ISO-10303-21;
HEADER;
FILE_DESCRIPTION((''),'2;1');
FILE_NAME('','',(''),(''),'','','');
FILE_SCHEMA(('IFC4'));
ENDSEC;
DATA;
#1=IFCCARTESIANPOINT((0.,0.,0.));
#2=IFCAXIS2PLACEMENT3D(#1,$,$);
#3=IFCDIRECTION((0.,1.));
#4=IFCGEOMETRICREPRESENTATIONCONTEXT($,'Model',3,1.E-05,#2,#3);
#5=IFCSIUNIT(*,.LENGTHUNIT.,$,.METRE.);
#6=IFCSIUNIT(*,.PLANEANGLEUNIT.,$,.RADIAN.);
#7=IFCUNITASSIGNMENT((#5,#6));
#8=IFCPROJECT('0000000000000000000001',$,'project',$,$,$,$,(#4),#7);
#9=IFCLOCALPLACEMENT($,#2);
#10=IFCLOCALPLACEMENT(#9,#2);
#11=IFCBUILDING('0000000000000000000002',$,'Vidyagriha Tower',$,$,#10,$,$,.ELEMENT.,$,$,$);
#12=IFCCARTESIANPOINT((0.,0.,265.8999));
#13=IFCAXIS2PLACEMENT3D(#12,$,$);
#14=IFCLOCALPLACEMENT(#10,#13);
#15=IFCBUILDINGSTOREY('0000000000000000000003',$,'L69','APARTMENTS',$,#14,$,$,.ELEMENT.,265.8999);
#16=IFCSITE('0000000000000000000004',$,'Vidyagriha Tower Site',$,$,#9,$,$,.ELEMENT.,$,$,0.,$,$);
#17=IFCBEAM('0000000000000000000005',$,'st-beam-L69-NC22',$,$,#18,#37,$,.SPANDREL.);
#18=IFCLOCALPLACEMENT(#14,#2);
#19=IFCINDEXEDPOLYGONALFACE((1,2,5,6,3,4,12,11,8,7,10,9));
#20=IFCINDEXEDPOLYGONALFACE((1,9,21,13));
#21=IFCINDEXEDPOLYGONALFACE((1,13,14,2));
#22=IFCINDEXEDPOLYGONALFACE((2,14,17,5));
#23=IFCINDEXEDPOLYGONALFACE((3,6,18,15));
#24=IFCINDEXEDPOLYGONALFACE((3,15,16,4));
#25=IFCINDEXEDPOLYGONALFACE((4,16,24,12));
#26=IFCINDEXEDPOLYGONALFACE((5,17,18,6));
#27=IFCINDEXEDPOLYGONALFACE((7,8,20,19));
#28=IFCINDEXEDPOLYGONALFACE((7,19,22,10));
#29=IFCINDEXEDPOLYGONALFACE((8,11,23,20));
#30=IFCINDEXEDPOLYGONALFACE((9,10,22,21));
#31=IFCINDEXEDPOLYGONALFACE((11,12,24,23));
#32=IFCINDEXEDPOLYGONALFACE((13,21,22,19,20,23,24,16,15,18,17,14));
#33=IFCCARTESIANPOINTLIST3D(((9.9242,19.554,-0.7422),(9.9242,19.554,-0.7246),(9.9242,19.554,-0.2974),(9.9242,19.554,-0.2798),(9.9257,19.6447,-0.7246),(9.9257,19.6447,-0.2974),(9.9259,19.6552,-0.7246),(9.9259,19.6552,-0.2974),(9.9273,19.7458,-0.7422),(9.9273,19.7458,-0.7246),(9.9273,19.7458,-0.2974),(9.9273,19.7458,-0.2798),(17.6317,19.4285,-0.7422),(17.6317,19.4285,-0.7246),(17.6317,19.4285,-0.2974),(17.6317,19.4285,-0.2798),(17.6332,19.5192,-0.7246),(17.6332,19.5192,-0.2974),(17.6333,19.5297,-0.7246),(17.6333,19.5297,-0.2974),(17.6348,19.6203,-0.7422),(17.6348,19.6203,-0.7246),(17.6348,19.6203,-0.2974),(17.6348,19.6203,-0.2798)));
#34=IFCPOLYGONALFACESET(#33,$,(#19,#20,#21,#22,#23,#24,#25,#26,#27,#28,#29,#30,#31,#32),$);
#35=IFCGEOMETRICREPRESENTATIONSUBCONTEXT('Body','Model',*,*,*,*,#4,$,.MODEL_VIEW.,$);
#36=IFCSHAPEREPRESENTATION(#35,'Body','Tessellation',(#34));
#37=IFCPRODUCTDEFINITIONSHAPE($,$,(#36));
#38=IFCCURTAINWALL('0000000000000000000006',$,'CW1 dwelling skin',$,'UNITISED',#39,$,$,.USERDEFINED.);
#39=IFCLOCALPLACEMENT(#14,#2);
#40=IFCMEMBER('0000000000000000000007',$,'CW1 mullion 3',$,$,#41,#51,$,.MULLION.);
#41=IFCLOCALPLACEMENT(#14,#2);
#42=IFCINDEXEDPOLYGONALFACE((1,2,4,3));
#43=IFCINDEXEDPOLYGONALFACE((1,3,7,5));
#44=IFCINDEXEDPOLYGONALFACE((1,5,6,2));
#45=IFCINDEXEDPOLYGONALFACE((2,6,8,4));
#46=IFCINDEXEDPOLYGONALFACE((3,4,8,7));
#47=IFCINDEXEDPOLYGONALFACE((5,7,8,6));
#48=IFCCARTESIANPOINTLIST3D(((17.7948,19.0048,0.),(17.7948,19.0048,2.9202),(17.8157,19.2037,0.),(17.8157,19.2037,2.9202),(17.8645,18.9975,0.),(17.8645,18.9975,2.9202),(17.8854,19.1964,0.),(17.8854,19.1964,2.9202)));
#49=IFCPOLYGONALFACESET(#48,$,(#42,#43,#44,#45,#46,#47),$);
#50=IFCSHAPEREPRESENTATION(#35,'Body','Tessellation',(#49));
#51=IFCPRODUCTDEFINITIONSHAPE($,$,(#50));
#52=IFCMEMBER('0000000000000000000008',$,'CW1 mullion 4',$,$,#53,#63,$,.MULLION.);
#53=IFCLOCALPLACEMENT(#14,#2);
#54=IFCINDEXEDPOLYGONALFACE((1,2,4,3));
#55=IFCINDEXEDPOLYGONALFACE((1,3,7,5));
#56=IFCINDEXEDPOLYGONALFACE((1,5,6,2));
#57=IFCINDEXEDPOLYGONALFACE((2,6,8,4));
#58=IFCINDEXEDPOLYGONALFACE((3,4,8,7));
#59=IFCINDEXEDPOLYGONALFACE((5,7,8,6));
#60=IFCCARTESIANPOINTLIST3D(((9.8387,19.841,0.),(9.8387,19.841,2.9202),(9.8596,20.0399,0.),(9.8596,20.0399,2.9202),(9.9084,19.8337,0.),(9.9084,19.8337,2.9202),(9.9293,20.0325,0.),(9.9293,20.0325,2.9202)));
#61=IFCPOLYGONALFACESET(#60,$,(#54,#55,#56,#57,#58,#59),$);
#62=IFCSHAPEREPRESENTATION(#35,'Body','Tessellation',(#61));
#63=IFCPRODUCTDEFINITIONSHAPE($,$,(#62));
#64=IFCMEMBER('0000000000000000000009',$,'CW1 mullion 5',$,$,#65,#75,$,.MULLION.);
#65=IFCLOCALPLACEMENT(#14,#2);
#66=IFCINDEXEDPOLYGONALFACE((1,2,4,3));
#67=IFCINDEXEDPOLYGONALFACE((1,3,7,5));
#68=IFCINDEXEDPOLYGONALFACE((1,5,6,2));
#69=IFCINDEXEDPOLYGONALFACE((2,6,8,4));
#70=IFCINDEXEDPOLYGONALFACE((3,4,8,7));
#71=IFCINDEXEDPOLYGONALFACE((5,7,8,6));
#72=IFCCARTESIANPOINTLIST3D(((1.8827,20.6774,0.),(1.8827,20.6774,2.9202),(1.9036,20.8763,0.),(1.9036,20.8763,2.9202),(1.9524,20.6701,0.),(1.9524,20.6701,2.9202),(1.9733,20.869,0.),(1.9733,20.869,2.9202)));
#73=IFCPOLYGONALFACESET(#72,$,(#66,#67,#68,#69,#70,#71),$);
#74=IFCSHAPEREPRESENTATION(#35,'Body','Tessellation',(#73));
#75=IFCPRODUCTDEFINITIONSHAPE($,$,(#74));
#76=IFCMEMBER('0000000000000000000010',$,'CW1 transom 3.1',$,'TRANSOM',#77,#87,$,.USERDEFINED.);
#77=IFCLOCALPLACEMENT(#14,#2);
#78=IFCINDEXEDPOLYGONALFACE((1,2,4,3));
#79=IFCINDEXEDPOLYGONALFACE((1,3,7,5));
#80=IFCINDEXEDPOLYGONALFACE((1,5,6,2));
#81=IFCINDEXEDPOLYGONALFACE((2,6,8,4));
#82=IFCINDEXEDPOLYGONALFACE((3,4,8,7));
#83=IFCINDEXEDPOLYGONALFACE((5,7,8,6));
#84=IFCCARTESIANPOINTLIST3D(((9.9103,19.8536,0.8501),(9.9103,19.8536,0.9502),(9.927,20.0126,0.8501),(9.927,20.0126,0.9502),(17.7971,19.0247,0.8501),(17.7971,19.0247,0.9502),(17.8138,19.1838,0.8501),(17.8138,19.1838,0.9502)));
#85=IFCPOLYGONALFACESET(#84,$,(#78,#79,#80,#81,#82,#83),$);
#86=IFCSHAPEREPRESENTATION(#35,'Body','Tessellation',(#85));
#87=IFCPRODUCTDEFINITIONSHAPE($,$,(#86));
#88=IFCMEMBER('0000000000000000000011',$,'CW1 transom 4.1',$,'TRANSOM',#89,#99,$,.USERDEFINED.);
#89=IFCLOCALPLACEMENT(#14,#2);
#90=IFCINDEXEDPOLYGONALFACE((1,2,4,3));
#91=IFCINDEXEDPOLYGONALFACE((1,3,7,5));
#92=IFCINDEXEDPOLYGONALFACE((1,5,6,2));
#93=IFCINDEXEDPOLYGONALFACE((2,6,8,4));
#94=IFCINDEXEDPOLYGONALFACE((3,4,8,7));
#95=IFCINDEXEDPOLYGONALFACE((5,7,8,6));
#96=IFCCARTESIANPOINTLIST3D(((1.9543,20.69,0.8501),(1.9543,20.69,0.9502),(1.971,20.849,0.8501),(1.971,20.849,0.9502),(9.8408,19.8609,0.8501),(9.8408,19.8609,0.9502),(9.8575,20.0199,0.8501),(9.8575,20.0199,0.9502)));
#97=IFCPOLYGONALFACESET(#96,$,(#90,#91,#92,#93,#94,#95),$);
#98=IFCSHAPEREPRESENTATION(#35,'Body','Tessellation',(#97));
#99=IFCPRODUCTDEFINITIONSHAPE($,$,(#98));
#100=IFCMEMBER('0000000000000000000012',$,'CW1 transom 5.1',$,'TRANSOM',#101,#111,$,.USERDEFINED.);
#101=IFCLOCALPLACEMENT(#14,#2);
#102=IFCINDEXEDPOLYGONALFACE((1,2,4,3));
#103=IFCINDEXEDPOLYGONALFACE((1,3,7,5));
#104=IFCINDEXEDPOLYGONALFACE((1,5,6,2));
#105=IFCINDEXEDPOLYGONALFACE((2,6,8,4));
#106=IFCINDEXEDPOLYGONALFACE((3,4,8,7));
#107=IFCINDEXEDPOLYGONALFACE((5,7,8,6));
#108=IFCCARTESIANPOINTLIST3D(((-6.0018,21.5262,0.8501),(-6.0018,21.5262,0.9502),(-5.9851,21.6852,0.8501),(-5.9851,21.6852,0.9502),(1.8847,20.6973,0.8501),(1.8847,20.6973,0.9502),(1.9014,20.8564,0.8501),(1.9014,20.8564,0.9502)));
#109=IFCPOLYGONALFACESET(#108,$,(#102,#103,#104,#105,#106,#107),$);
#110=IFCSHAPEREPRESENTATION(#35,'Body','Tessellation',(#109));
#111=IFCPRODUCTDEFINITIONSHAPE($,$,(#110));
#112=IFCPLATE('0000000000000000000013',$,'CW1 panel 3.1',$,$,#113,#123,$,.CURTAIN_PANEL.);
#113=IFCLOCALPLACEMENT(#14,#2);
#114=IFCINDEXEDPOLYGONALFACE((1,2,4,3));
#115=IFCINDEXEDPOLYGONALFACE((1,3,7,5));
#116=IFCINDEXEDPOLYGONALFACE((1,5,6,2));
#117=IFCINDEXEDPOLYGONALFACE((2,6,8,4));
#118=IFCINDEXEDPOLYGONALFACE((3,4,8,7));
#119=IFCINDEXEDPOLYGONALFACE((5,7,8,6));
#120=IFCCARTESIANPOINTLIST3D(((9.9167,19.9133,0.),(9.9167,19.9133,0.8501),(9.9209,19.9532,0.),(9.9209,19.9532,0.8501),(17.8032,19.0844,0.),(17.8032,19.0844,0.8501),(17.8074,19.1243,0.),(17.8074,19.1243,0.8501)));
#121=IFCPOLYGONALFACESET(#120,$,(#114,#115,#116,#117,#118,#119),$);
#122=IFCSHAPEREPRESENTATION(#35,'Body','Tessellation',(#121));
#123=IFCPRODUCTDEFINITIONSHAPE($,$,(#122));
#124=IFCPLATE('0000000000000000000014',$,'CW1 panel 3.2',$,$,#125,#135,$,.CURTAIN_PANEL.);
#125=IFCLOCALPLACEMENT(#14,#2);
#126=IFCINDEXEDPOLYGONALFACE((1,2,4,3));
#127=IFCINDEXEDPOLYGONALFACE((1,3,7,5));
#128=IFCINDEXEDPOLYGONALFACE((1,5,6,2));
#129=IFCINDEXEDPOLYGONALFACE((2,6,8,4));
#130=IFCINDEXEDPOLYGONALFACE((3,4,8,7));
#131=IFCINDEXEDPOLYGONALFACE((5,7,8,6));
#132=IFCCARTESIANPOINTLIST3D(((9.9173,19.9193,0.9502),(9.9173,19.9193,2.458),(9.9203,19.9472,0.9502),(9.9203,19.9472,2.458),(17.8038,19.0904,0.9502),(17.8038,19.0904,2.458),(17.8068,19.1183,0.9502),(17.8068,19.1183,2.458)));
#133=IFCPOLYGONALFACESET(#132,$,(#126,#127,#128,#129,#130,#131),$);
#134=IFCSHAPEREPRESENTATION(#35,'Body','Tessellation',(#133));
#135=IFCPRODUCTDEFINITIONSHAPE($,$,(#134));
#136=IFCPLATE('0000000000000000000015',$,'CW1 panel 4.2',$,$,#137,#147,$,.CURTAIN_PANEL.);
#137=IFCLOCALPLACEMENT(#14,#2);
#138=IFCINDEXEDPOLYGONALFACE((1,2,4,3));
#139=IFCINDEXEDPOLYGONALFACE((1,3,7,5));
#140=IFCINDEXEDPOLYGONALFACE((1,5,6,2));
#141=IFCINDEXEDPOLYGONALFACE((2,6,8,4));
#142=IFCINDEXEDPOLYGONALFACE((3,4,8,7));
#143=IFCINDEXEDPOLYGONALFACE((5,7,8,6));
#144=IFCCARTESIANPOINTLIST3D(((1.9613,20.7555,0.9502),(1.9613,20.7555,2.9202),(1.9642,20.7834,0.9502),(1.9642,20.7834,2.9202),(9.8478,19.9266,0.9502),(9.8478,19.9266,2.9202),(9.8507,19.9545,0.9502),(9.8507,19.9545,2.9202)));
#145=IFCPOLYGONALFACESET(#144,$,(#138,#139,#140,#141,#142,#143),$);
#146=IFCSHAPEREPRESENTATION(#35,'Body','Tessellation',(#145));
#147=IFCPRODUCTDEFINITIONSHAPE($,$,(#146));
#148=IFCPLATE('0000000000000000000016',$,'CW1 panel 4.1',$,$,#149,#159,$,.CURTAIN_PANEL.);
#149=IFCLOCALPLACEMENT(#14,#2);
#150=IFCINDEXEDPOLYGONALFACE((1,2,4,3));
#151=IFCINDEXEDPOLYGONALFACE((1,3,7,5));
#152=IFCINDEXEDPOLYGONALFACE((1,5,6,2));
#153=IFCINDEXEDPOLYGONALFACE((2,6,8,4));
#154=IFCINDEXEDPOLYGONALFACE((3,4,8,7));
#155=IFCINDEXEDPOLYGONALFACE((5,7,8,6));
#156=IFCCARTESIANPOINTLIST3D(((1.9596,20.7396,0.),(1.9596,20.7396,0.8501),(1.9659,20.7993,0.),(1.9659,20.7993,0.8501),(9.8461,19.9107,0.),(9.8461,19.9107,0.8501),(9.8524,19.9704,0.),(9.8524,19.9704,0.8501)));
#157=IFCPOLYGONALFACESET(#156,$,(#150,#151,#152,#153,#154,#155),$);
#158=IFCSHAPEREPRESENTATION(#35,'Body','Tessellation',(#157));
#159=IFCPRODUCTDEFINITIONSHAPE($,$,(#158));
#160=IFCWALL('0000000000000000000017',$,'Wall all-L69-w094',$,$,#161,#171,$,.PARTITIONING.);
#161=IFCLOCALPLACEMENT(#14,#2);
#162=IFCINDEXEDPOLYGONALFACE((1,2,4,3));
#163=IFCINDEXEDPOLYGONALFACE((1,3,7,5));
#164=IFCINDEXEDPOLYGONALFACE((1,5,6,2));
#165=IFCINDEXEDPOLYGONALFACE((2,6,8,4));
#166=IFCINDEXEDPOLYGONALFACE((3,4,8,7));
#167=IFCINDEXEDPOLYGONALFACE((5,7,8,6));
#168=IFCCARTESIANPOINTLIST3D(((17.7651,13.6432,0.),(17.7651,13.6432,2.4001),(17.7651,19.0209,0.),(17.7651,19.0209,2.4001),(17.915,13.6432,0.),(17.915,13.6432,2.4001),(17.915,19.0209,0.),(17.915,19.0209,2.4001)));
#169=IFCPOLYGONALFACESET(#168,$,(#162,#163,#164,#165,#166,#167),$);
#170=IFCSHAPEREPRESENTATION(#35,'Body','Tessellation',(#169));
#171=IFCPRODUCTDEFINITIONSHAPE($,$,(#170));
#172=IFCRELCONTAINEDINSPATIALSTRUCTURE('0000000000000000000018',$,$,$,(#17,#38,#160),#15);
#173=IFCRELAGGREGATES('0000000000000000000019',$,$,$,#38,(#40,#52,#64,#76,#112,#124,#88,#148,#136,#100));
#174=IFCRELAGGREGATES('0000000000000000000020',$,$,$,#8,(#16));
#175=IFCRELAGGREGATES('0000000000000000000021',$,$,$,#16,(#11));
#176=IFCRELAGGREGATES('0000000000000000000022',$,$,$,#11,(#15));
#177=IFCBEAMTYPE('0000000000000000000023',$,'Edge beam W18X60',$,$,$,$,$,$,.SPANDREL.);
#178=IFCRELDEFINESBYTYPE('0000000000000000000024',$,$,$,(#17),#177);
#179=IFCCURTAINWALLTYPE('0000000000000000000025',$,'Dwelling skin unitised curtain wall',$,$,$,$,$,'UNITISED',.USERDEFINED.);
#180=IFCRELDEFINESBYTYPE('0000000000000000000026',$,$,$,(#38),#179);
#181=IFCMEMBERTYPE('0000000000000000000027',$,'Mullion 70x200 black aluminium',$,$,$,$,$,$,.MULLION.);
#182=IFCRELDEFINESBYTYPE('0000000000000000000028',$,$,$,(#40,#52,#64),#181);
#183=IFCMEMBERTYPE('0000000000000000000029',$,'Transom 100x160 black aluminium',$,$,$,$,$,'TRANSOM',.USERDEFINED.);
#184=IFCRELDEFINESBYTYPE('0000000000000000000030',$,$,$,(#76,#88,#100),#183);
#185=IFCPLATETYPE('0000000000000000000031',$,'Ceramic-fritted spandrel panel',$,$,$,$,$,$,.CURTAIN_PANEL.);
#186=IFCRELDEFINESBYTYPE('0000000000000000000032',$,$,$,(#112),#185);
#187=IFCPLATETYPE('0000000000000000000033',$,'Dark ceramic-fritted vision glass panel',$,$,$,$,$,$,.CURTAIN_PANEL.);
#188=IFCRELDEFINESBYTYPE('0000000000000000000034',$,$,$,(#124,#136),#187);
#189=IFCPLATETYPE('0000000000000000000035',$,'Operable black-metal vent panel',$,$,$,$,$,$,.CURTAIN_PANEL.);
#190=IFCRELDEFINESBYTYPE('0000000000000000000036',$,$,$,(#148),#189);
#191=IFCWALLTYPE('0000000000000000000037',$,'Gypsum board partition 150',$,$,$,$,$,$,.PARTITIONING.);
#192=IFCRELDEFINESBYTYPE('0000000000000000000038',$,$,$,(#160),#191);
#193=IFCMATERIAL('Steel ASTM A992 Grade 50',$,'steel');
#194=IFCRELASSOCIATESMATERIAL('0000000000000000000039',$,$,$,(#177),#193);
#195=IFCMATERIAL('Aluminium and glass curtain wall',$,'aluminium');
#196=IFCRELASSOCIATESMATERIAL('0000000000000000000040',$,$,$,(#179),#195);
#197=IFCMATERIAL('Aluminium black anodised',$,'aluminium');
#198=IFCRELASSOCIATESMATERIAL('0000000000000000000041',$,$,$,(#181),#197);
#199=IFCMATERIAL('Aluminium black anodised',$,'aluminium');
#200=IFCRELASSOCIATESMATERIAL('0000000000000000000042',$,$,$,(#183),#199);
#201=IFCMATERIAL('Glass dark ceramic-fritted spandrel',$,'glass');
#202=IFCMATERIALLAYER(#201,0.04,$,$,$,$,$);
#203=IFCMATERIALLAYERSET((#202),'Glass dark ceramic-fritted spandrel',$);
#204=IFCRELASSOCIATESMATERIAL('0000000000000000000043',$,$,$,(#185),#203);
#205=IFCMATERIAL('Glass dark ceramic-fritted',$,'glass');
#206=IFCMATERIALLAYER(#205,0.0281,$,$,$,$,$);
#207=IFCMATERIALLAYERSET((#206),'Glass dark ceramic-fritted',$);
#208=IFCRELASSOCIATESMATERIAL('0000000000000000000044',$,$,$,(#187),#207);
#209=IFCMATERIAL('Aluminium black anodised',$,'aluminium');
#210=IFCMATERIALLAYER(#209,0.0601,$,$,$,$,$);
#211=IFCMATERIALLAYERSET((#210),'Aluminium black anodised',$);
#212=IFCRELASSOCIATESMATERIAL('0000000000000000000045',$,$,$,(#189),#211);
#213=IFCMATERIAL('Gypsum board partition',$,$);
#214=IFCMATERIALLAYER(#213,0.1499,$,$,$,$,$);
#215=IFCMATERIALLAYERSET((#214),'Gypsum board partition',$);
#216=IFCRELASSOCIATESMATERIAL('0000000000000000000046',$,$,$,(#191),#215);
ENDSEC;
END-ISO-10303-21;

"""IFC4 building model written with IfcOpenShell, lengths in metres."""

from ifc_helpers import new_model, si_unit, direction, frame, frame_2d, origin, origin_2d, place, context, subcontext, project, spatial, rectangle, i_section, extrude, material, layer, layer_set, material_profile, profile_set, type_object, element, aggregate, save


model = new_model("IFC4")

# Units and contexts
model_context = context("Model", 3, precision=1e-05, world=origin(), true_north=direction((0.0, 1.0)))
body_context = subcontext(model_context, "Body", "Model", "MODEL_VIEW")
ifc_project = project(units=[si_unit("LENGTHUNIT", "METRE"), si_unit("PLANEANGLEUNIT", "RADIAN")], contexts=[model_context])

# Site, building, storey
site_placement = place(None, origin())
site = spatial("IfcSite", under=ifc_project, at=site_placement, Name="Vidyagriha Tower Site", CompositionType="ELEMENT", RefElevation=0.0)
building_placement = place(site_placement, origin())
building = spatial("IfcBuilding", under=site, at=building_placement, Name="Vidyagriha Tower", CompositionType="ELEMENT")
storey_placement = place(building_placement, frame((0.0, 0.0, 265.8999)))
storey = spatial("IfcBuildingStorey", under=building, at=storey_placement, Name="L69", Description="APARTMENTS", CompositionType="ELEMENT", Elevation=265.8999)

# Beam
ifc_material_1 = material(Name="Steel ASTM A992 Grade 50", Category="steel")
ifc_material_profile_1 = material_profile(ifc_material_1, i_section(OverallWidth=0.1919, OverallDepth=0.4624, WebThickness=0.0105, FlangeThickness=0.0176, at=origin_2d()), Name="W18X60")
ifc_profile_set_1 = profile_set([ifc_material_profile_1], Name="Steel ASTM A992 Grade 50")
beam_type = type_object("IfcBeamType", Name="Edge beam W18X60", PredefinedType="SPANDREL", material=ifc_profile_set_1)
beam_placement = place(storey_placement, frame((9.9258, 19.6499, -0.511), z_axis=(0.999867, -0.016279, 0.0), x_axis=(0.016279, 0.999867, 0.0)))
element("IfcBeam", 1, at=beam_placement, inside=storey, type_object=beam_type, Name="st-beam-L69-NC22", PredefinedType="SPANDREL", context=body_context, shape_type="SweptSolid", body=[
    extrude(i_section(OverallWidth=0.1919, OverallDepth=0.4624, WebThickness=0.0105, FlangeThickness=0.0176, at=origin_2d()), origin(), (0.0, 0.0, 1.0), 7.7085),
])

# Curtain wall, members, plates
ifc_material_2 = material(Name="Aluminium and glass curtain wall", Category="aluminium")
curtain_wall_type = type_object("IfcCurtainWallType", Name="Dwelling skin unitised curtain wall", ElementType="UNITISED", PredefinedType="USERDEFINED", material=ifc_material_2)
curtain_wall_placement = place(storey_placement, origin())
curtain_wall = element("IfcCurtainWall", 2, at=curtain_wall_placement, inside=storey, type_object=curtain_wall_type, Name="CW1 dwelling skin", ObjectType="UNITISED", PredefinedType="USERDEFINED")
ifc_material_3 = material(Name="Aluminium black anodised", Category="aluminium")
ifc_material_profile_2 = material_profile(ifc_material_3, rectangle(XDim=0.2, YDim=0.0701, at=origin_2d()), Name="Mullion 70x200 black aluminium")
ifc_profile_set_2 = profile_set([ifc_material_profile_2], Name="Aluminium black anodised")
member_type_1 = type_object("IfcMemberType", Name="Mullion 70x200 black aluminium", PredefinedType="MULLION", material=ifc_profile_set_2)
member_1_placement = place(storey_placement, frame((17.8401, 19.1006, 0.0), z_axis=(0.0, 0.0, 1.0), x_axis=(-0.104529, -0.994522, 0.0)))
member_1 = element("IfcMember", 3, at=member_1_placement, type_object=member_type_1, Name="CW1 mullion 3", PredefinedType="MULLION", context=body_context, shape_type="SweptSolid", body=[
    extrude(rectangle(XDim=0.2, YDim=0.0701, at=origin_2d()), origin(), (0.0, 0.0, 1.0), 2.9202),
])
member_2_placement = place(storey_placement, frame((9.884, 19.9368, 0.0), z_axis=(0.0, 0.0, 1.0), x_axis=(-0.104529, -0.994522, 0.0)))
member_2 = element("IfcMember", 4, at=member_2_placement, type_object=member_type_1, Name="CW1 mullion 4", PredefinedType="MULLION", context=body_context, shape_type="SweptSolid", body=[
    extrude(rectangle(XDim=0.2, YDim=0.0701, at=origin_2d()), origin(), (0.0, 0.0, 1.0), 2.9202),
])
member_3_placement = place(storey_placement, frame((1.928, 20.7732, 0.0), z_axis=(0.0, 0.0, 1.0), x_axis=(-0.104529, -0.994522, 0.0)))
member_3 = element("IfcMember", 5, at=member_3_placement, type_object=member_type_1, Name="CW1 mullion 5", PredefinedType="MULLION", context=body_context, shape_type="SweptSolid", body=[
    extrude(rectangle(XDim=0.2, YDim=0.0701, at=origin_2d()), origin(), (0.0, 0.0, 1.0), 2.9202),
])
ifc_material_4 = material(Name="Aluminium black anodised", Category="aluminium")
ifc_material_profile_3 = material_profile(ifc_material_4, rectangle(XDim=0.1599, YDim=0.1001, at=origin_2d()), Name="Transom 100x160 black aluminium")
ifc_profile_set_3 = profile_set([ifc_material_profile_3], Name="Aluminium black anodised")
member_type_2 = type_object("IfcMemberType", Name="Transom 100x160 black aluminium", ElementType="TRANSOM", PredefinedType="USERDEFINED", material=ifc_profile_set_3)
member_4_placement = place(storey_placement, frame((17.8054, 19.1042, 0.9001), z_axis=(-0.994523, 0.10452, 0.0), x_axis=(-0.10452, -0.994523, 0.0)))
member_4 = element("IfcMember", 6, at=member_4_placement, type_object=member_type_2, Name="CW1 transom 3.1", ObjectType="TRANSOM", PredefinedType="USERDEFINED", context=body_context, shape_type="SweptSolid", body=[
    extrude(rectangle(XDim=0.1599, YDim=0.1001, at=origin_2d()), origin(), (0.0, 0.0, 1.0), 7.9302),
])
member_5_placement = place(storey_placement, frame((9.8491, 19.9404, 0.9001), z_axis=(-0.994519, 0.104553, 0.0), x_axis=(-0.104553, -0.994519, 0.0)))
member_5 = element("IfcMember", 7, at=member_5_placement, type_object=member_type_2, Name="CW1 transom 4.1", ObjectType="TRANSOM", PredefinedType="USERDEFINED", context=body_context, shape_type="SweptSolid", body=[
    extrude(rectangle(XDim=0.1599, YDim=0.1001, at=origin_2d()), origin(), (0.0, 0.0, 1.0), 7.9299),
])
member_6_placement = place(storey_placement, frame((1.8931, 20.7769, 0.9001), z_axis=(-0.994522, 0.104523, 0.0), x_axis=(-0.104523, -0.994522, 0.0)))
member_6 = element("IfcMember", 8, at=member_6_placement, type_object=member_type_2, Name="CW1 transom 5.1", ObjectType="TRANSOM", PredefinedType="USERDEFINED", context=body_context, shape_type="SweptSolid", body=[
    extrude(rectangle(XDim=0.1599, YDim=0.1001, at=origin_2d()), origin(), (0.0, 0.0, 1.0), 7.9299),
])
ifc_material_5 = material(Name="Glass dark ceramic-fritted spandrel", Category="glass")
ifc_layer_1 = layer(ifc_material_5, 0.04)
ifc_layer_set_1 = layer_set([ifc_layer_1], Name="Glass dark ceramic-fritted spandrel")
plate_type_1 = type_object("IfcPlateType", Name="Ceramic-fritted spandrel panel", PredefinedType="CURTAIN_PANEL", material=ifc_layer_set_1)
plate_1_placement = place(storey_placement, frame((13.8621, 19.5188, 0.0), z_axis=(0.0, 0.0, 1.0), x_axis=(-0.994522, 0.104529, 0.0)))
plate_1 = element("IfcPlate", 9, at=plate_1_placement, type_object=plate_type_1, Name="CW1 panel 3.1", PredefinedType="CURTAIN_PANEL", context=body_context, shape_type="SweptSolid", body=[
    extrude(rectangle(XDim=7.9299, YDim=0.04, at=origin_2d()), origin(), (0.0, 0.0, 1.0), 0.8501),
])
ifc_material_6 = material(Name="Glass dark ceramic-fritted", Category="glass")
ifc_layer_2 = layer(ifc_material_6, 0.0281)
ifc_layer_set_2 = layer_set([ifc_layer_2], Name="Glass dark ceramic-fritted")
plate_type_2 = type_object("IfcPlateType", Name="Dark ceramic-fritted vision glass panel", PredefinedType="CURTAIN_PANEL", material=ifc_layer_set_2)
plate_2_placement = place(storey_placement, frame((13.8621, 19.5188, 0.9502), z_axis=(0.0, 0.0, 1.0), x_axis=(-0.994522, 0.104529, 0.0)))
plate_2 = element("IfcPlate", 10, at=plate_2_placement, type_object=plate_type_2, Name="CW1 panel 3.2", PredefinedType="CURTAIN_PANEL", context=body_context, shape_type="SweptSolid", body=[
    extrude(rectangle(XDim=7.9299, YDim=0.0281, at=origin_2d()), origin(), (0.0, 0.0, 1.0), 1.5078),
])
plate_3_placement = place(storey_placement, frame((5.906, 20.355, 0.9502), z_axis=(0.0, 0.0, 1.0), x_axis=(-0.994522, 0.104529, 0.0)))
plate_3 = element("IfcPlate", 11, at=plate_3_placement, type_object=plate_type_2, Name="CW1 panel 4.2", PredefinedType="CURTAIN_PANEL", context=body_context, shape_type="SweptSolid", body=[
    extrude(rectangle(XDim=7.9299, YDim=0.0281, at=origin_2d()), origin(), (0.0, 0.0, 1.0), 1.97),
])
ifc_material_7 = material(Name="Aluminium black anodised", Category="aluminium")
ifc_layer_3 = layer(ifc_material_7, 0.0601)
ifc_layer_set_3 = layer_set([ifc_layer_3], Name="Aluminium black anodised")
plate_type_3 = type_object("IfcPlateType", Name="Operable black-metal vent panel", PredefinedType="CURTAIN_PANEL", material=ifc_layer_set_3)
plate_4_placement = place(storey_placement, frame((5.906, 20.355, 0.0), z_axis=(0.0, 0.0, 1.0), x_axis=(-0.994522, 0.104529, 0.0)))
plate_4 = element("IfcPlate", 12, at=plate_4_placement, type_object=plate_type_3, Name="CW1 panel 4.1", PredefinedType="CURTAIN_PANEL", context=body_context, shape_type="SweptSolid", body=[
    extrude(rectangle(XDim=7.9299, YDim=0.0601, at=origin_2d()), origin(), (0.0, 0.0, 1.0), 0.8501),
])
aggregate(curtain_wall, [member_1, member_2, member_3, member_4, plate_1, plate_2, member_5, plate_4, plate_3, member_6])

# Wall
ifc_material_8 = material(Name="Gypsum board partition")
ifc_layer_4 = layer(ifc_material_8, 0.1499)
ifc_layer_set_4 = layer_set([ifc_layer_4], Name="Gypsum board partition")
wall_type = type_object("IfcWallType", Name="Gypsum board partition 150", PredefinedType="PARTITIONING", material=ifc_layer_set_4)
wall_placement = place(storey_placement, frame((17.8401, 19.021, 0.0), z_axis=(0.0, 0.0, 1.0), x_axis=(0.0, -1.0, 0.0)))
element("IfcWall", 13, at=wall_placement, inside=storey, type_object=wall_type, Name="Wall all-L69-w094", PredefinedType="PARTITIONING", context=body_context, shape_type="SweptSolid", body=[
    extrude(rectangle(XDim=5.3777, YDim=0.1499, at=frame_2d((2.689, 0.0))), origin(), (0.0, 0.0, 1.0), 2.4001),
])

save(model, "model.ifc")
